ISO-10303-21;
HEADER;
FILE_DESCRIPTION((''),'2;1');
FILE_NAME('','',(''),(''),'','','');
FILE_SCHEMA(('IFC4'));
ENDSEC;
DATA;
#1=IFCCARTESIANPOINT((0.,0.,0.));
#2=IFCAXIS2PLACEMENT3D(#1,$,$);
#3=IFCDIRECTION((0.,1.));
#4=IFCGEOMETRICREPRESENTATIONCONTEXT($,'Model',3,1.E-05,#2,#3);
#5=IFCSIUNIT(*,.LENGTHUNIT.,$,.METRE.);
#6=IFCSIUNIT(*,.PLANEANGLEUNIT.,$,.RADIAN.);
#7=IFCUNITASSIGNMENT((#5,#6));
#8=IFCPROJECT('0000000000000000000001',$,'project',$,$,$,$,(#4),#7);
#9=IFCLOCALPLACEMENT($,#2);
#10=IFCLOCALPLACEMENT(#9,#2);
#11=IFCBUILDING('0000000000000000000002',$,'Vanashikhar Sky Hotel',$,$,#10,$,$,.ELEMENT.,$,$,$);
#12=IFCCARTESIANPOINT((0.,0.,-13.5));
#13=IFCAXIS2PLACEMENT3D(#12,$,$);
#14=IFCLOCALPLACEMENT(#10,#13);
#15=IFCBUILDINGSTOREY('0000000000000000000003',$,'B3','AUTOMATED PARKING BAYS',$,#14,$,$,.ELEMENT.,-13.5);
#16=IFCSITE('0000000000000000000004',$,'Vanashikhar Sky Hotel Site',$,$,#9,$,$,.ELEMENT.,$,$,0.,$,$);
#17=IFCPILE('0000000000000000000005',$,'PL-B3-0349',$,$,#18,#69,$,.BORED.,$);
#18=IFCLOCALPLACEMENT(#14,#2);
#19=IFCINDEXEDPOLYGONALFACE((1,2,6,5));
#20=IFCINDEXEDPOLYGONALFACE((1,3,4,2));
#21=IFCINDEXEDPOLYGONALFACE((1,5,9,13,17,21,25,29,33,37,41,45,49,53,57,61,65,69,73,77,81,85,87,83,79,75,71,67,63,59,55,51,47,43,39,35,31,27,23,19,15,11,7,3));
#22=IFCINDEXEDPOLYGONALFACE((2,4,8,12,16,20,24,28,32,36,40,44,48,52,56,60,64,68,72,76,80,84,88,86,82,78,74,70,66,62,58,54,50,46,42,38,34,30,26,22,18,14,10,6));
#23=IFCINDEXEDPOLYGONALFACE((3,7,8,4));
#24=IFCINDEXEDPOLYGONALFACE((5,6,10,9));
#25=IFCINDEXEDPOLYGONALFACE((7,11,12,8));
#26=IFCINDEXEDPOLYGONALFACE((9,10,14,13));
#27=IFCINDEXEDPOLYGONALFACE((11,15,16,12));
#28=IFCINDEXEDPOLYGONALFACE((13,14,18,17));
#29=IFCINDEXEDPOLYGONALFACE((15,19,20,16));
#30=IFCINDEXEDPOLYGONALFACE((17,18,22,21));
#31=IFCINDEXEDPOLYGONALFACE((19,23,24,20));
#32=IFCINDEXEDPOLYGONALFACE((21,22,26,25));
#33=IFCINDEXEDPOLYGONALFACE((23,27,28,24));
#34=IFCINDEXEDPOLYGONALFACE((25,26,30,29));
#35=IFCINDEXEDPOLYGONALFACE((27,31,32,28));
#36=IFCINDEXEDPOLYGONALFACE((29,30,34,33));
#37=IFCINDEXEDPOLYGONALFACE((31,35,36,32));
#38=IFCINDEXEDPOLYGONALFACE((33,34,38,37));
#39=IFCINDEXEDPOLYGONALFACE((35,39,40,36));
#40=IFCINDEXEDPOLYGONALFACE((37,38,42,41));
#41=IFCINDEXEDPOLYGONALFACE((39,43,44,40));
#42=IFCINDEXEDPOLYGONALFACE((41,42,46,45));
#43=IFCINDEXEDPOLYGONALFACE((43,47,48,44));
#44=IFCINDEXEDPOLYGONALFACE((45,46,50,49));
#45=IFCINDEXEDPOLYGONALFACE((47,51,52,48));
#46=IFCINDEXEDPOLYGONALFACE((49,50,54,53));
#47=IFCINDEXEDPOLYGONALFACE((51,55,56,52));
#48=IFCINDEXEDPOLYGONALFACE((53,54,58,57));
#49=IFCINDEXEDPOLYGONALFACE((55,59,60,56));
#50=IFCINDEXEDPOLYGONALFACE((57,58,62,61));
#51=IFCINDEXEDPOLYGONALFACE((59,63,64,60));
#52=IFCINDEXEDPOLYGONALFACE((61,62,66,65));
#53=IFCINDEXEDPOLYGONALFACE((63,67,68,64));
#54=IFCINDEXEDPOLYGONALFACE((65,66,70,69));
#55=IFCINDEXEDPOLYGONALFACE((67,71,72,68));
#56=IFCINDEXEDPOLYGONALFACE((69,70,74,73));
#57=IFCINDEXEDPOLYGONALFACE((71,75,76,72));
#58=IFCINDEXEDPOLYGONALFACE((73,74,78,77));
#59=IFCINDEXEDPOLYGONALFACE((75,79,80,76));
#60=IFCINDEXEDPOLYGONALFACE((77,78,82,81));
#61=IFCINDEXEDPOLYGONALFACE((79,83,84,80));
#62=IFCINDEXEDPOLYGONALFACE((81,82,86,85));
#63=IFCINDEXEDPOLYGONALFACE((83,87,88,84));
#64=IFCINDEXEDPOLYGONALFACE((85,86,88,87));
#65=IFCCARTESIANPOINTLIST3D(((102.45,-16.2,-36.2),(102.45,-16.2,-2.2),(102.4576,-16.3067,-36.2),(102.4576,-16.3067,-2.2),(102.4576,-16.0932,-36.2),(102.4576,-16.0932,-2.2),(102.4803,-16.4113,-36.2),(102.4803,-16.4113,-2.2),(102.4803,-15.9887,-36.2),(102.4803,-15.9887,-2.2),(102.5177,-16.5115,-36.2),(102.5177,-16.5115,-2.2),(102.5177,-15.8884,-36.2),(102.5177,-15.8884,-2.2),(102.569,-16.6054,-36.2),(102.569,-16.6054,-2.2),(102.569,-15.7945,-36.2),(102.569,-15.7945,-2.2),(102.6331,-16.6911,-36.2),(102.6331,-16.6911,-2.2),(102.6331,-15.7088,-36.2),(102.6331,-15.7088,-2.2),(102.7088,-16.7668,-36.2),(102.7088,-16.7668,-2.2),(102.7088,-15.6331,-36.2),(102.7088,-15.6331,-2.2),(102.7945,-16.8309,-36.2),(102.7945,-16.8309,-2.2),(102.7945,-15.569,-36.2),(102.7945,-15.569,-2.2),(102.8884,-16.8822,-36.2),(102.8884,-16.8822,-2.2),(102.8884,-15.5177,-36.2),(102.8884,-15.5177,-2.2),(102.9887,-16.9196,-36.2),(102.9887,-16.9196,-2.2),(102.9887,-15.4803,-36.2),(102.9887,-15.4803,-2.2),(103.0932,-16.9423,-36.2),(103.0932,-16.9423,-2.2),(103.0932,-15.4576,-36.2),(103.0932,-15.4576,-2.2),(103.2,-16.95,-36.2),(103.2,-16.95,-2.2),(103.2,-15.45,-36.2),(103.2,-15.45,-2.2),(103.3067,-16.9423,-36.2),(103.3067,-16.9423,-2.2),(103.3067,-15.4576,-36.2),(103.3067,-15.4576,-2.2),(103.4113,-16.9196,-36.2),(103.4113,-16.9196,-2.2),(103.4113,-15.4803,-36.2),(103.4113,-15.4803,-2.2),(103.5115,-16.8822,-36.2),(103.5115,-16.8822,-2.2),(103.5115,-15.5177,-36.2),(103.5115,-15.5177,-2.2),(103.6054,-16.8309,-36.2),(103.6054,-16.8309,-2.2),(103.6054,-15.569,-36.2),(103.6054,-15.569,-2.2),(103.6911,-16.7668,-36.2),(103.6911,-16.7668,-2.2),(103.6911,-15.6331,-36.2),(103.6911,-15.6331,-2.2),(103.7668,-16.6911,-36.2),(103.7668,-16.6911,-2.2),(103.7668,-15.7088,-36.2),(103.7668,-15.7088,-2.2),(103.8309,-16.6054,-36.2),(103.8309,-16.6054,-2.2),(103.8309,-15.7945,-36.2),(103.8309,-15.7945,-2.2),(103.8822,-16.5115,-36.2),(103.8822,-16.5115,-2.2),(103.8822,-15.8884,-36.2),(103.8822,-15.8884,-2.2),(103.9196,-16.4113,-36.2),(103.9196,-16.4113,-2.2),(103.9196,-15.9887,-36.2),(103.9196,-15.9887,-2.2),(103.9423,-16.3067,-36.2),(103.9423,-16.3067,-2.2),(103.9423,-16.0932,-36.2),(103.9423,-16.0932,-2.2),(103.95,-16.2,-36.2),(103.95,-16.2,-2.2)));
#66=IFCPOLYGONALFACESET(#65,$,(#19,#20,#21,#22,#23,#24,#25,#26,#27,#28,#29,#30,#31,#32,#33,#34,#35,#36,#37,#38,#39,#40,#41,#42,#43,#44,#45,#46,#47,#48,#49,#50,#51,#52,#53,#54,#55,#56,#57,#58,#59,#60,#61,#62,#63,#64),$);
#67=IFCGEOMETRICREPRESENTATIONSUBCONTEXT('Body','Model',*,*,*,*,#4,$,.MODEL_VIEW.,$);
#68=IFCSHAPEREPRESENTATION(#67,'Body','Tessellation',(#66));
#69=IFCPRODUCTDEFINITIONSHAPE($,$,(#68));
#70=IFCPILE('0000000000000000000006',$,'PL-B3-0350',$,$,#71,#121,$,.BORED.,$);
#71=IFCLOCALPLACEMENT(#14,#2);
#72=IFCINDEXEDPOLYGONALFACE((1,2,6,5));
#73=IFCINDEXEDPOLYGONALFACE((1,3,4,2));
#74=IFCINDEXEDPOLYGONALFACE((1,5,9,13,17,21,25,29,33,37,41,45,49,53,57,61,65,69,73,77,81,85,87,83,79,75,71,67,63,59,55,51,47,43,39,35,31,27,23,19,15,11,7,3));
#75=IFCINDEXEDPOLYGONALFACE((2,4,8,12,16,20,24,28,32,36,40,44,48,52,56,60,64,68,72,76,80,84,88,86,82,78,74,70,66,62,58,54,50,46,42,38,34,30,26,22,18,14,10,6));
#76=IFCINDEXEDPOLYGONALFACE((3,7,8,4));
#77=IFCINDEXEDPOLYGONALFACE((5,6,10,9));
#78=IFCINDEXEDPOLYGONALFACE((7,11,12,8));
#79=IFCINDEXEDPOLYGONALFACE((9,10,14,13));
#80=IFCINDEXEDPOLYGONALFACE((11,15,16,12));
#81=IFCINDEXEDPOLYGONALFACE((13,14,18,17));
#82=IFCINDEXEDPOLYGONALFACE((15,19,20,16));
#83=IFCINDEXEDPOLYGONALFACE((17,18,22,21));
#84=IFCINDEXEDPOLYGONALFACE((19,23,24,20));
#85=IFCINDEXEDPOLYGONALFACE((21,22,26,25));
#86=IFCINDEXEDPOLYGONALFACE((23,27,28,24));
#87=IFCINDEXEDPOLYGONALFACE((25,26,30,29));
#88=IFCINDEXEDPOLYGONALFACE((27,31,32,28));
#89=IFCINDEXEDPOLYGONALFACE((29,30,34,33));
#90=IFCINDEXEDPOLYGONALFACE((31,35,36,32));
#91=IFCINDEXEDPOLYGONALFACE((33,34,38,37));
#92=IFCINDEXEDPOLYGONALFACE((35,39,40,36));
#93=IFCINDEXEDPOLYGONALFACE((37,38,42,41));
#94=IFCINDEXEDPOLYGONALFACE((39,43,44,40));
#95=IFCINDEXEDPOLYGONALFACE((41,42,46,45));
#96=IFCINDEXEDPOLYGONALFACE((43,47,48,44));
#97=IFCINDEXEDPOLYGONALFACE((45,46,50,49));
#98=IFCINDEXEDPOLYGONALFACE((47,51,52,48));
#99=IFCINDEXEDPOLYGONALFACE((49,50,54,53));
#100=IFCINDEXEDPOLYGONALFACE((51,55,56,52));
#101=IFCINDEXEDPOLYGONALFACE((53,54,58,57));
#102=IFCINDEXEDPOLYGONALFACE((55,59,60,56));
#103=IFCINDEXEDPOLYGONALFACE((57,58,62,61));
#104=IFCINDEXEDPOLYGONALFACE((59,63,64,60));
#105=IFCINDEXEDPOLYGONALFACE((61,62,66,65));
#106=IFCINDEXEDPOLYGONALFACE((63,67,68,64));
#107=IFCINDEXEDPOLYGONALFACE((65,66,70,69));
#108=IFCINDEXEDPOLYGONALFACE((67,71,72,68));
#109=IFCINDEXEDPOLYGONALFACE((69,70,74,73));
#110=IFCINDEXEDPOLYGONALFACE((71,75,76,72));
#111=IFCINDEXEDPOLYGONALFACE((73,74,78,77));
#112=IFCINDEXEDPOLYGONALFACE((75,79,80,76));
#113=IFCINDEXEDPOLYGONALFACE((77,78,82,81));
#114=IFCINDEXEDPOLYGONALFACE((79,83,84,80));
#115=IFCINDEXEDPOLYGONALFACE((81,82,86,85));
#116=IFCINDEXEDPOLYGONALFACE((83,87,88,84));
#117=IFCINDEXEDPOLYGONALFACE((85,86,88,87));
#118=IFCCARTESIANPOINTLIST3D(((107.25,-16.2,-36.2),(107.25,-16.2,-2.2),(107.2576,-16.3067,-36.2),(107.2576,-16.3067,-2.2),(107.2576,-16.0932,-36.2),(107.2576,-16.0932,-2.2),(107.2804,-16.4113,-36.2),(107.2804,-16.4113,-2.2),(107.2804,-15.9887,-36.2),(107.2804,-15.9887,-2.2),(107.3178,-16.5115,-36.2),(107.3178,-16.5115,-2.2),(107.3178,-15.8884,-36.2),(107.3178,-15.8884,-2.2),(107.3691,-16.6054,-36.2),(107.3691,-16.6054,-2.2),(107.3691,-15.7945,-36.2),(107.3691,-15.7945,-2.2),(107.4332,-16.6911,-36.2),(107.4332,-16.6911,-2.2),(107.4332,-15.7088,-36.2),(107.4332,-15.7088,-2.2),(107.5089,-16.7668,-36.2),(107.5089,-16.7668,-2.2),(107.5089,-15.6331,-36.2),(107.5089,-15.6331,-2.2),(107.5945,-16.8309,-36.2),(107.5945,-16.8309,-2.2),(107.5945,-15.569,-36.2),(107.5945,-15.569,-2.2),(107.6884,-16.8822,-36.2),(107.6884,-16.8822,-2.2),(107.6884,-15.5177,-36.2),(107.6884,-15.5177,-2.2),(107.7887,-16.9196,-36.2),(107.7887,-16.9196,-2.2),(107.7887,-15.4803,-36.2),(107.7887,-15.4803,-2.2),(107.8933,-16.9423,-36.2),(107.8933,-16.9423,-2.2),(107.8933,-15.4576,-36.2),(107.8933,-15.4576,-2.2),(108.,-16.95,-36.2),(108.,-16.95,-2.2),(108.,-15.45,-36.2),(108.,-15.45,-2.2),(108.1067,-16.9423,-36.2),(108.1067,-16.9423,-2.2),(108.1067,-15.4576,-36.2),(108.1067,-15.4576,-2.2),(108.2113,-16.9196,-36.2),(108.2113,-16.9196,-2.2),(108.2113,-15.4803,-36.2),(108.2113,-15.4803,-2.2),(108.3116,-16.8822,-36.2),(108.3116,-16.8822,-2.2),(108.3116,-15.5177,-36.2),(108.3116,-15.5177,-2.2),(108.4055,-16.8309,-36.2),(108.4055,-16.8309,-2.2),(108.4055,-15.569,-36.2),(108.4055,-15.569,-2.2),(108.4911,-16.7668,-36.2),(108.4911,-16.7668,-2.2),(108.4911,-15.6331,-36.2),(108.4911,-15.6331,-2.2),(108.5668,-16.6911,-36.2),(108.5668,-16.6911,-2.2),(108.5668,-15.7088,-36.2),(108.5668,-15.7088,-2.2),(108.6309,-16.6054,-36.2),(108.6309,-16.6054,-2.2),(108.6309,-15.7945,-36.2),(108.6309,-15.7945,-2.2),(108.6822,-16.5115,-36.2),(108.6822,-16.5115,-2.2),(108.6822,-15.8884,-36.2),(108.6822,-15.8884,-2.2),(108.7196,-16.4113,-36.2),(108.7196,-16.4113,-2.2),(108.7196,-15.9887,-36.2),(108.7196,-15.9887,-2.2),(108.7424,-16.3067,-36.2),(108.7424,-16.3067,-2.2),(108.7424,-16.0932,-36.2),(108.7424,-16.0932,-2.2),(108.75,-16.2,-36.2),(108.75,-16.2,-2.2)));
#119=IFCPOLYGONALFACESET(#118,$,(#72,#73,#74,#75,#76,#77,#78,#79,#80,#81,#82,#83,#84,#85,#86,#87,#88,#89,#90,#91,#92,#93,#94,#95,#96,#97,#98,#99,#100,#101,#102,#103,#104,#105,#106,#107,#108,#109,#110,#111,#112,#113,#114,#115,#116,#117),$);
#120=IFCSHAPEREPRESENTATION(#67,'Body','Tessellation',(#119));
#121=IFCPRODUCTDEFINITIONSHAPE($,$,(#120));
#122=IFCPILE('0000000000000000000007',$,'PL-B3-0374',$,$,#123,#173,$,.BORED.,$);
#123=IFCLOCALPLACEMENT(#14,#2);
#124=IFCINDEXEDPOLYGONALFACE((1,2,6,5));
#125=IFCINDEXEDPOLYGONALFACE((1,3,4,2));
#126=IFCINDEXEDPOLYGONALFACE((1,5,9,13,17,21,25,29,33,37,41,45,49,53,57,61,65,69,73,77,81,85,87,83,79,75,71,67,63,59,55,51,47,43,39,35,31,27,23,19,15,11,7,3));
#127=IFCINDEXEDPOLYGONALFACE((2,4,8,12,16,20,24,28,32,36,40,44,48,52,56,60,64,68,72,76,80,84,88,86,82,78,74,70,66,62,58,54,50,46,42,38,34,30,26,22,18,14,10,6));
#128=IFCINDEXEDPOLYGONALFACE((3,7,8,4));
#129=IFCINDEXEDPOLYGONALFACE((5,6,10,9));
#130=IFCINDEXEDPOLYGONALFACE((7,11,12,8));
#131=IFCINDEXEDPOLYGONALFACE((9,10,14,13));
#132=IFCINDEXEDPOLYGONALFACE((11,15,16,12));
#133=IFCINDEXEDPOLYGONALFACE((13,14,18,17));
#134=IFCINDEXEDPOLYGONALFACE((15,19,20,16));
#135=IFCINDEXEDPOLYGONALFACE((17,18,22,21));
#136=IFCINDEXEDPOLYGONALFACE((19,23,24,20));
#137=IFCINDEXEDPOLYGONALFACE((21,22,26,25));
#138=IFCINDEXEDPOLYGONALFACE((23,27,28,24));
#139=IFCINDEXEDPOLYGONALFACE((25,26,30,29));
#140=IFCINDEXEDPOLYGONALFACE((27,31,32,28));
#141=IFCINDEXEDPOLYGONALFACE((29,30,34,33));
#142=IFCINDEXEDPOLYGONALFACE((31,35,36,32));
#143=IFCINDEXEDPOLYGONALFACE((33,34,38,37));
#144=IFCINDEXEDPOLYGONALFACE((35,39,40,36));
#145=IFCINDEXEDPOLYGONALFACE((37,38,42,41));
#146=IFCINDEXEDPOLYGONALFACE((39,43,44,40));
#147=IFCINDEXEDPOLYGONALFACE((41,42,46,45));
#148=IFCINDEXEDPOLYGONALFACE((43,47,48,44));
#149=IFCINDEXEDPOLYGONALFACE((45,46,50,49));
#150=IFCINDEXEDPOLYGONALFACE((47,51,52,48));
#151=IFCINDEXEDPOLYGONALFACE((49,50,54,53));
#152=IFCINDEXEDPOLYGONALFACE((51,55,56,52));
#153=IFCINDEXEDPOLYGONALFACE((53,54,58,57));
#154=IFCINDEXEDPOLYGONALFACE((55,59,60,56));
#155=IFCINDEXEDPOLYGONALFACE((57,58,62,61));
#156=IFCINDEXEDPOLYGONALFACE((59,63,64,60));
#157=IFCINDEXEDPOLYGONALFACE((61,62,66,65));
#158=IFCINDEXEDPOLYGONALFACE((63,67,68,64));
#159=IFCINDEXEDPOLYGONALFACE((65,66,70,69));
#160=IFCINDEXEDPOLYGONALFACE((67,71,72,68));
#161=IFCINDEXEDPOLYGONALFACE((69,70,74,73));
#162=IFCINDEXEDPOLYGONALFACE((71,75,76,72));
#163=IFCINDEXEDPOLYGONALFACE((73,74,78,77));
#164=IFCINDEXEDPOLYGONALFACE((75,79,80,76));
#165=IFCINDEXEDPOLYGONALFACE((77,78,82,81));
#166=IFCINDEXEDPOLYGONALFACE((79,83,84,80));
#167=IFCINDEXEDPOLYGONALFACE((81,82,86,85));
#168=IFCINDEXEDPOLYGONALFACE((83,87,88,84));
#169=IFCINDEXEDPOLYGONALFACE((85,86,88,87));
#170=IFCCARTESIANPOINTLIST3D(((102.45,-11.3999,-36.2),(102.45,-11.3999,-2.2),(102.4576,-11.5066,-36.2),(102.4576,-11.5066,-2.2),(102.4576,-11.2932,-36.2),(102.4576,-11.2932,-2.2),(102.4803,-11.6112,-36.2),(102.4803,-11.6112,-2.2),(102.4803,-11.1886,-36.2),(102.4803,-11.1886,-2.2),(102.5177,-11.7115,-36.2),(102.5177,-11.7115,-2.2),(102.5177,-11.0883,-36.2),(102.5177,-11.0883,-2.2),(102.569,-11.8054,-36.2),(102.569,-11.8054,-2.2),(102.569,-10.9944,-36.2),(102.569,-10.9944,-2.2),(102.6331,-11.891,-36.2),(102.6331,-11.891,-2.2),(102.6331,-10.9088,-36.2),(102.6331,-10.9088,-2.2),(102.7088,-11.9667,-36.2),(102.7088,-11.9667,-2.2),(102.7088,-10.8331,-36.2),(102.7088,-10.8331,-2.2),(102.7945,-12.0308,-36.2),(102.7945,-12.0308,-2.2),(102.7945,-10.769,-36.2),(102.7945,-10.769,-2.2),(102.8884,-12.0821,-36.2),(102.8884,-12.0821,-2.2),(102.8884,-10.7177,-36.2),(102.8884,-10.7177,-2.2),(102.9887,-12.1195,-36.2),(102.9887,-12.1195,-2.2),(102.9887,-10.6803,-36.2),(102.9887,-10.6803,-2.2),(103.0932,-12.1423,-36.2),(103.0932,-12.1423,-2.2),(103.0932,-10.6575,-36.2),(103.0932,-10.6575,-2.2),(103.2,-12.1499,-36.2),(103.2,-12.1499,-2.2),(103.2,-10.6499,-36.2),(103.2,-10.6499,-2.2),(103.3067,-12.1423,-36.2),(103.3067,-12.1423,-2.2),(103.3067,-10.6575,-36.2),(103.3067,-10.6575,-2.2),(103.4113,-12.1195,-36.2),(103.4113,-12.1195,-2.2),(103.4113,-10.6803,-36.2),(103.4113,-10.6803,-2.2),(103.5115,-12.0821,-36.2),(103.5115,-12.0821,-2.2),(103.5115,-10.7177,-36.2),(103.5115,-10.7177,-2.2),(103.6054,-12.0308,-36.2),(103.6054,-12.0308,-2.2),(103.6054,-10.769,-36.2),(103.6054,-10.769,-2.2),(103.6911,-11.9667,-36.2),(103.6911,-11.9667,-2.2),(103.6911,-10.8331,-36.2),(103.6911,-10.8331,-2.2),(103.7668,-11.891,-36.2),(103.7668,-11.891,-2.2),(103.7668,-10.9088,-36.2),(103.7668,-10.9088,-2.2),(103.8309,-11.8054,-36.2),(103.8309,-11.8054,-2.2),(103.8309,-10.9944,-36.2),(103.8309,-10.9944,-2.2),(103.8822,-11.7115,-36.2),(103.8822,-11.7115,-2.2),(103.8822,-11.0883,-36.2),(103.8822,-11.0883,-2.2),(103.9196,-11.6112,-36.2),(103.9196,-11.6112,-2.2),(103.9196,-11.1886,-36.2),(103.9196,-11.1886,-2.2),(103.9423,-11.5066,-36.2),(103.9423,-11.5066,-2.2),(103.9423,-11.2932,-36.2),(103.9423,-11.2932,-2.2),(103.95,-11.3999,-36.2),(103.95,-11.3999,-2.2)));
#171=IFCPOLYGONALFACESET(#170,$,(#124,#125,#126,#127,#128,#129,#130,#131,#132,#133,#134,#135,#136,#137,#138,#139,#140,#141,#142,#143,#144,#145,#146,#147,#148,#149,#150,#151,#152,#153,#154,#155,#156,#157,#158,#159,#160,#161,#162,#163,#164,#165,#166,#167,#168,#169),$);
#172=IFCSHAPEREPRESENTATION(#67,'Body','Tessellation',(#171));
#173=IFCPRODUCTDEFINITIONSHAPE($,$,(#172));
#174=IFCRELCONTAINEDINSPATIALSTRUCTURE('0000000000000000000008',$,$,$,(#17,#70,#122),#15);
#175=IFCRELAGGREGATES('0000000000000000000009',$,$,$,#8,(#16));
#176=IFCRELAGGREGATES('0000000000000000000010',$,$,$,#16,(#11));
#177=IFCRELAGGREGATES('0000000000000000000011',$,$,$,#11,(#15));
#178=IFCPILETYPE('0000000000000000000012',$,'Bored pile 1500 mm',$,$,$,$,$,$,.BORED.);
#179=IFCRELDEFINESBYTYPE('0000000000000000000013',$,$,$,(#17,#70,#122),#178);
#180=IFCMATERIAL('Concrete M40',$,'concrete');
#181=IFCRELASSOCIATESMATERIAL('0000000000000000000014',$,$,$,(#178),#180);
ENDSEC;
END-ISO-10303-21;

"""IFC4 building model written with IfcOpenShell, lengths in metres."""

from ifc_helpers import new_model, si_unit, direction, frame, origin, origin_2d, place, context, subcontext, project, spatial, circle, extrude, source, transform, mapped, material, type_object, element, save


model = new_model("IFC4")

# Units and contexts
model_context = context("Model", 3, precision=1e-05, world=origin(), true_north=direction((0.0, 1.0)))
body_context = subcontext(model_context, "Body", "Model", "MODEL_VIEW")
ifc_project = project(units=[si_unit("LENGTHUNIT", "METRE"), si_unit("PLANEANGLEUNIT", "RADIAN")], contexts=[model_context])

# Site, building, storey
site_placement = place(None, origin())
site = spatial("IfcSite", under=ifc_project, at=site_placement, Name="Vanashikhar Sky Hotel Site", CompositionType="ELEMENT", RefElevation=0.0)
building_placement = place(site_placement, origin())
building = spatial("IfcBuilding", under=site, at=building_placement, Name="Vanashikhar Sky Hotel", CompositionType="ELEMENT")
storey_placement = place(building_placement, frame((0.0, 0.0, -13.5)))
storey = spatial("IfcBuildingStorey", under=building, at=storey_placement, Name="B3", Description="AUTOMATED PARKING BAYS", CompositionType="ELEMENT", Elevation=-13.5)

# Piles
ifc_material_1 = material(Name="Concrete M40", Category="concrete")
pile_type_1 = type_object("IfcPileType", Name="Bored pile 1500 mm", PredefinedType="BORED", material=ifc_material_1)
shared_shape_1 = source(origin(), body_context, "Body", "SweptSolid", [
    extrude(circle(Radius=0.75, at=origin_2d()), origin(), (0.0, 0.0, 1.0), 34.0),
])
for number, where, z_axis, x_axis, name in (
    (1, (103.2, -16.2, -2.2), (0.0, 0.0, -1.0), (1.0, 0.0, 0.0), "PL-B3-0349"),
    (2, (108.0, -16.2, -2.2), (0.0, 0.0, -1.0), (1.0, 0.0, 0.0), "PL-B3-0350"),
    (3, (103.2, -11.3999, -2.2), (0.0, 0.0, -1.0), (1.0, 0.0, 0.0), "PL-B3-0374"),
):
    element("IfcPile", number, at=place(storey_placement, frame(where, z_axis=z_axis, x_axis=x_axis)), inside=storey, type_object=pile_type_1, Name=name, PredefinedType="BORED", context=body_context, shape_type="MappedRepresentation", body=[
        mapped(shared_shape_1, transform((0.0, 0.0, 0.0), scale=1.0)),
    ])

save(model, "model.ifc")
